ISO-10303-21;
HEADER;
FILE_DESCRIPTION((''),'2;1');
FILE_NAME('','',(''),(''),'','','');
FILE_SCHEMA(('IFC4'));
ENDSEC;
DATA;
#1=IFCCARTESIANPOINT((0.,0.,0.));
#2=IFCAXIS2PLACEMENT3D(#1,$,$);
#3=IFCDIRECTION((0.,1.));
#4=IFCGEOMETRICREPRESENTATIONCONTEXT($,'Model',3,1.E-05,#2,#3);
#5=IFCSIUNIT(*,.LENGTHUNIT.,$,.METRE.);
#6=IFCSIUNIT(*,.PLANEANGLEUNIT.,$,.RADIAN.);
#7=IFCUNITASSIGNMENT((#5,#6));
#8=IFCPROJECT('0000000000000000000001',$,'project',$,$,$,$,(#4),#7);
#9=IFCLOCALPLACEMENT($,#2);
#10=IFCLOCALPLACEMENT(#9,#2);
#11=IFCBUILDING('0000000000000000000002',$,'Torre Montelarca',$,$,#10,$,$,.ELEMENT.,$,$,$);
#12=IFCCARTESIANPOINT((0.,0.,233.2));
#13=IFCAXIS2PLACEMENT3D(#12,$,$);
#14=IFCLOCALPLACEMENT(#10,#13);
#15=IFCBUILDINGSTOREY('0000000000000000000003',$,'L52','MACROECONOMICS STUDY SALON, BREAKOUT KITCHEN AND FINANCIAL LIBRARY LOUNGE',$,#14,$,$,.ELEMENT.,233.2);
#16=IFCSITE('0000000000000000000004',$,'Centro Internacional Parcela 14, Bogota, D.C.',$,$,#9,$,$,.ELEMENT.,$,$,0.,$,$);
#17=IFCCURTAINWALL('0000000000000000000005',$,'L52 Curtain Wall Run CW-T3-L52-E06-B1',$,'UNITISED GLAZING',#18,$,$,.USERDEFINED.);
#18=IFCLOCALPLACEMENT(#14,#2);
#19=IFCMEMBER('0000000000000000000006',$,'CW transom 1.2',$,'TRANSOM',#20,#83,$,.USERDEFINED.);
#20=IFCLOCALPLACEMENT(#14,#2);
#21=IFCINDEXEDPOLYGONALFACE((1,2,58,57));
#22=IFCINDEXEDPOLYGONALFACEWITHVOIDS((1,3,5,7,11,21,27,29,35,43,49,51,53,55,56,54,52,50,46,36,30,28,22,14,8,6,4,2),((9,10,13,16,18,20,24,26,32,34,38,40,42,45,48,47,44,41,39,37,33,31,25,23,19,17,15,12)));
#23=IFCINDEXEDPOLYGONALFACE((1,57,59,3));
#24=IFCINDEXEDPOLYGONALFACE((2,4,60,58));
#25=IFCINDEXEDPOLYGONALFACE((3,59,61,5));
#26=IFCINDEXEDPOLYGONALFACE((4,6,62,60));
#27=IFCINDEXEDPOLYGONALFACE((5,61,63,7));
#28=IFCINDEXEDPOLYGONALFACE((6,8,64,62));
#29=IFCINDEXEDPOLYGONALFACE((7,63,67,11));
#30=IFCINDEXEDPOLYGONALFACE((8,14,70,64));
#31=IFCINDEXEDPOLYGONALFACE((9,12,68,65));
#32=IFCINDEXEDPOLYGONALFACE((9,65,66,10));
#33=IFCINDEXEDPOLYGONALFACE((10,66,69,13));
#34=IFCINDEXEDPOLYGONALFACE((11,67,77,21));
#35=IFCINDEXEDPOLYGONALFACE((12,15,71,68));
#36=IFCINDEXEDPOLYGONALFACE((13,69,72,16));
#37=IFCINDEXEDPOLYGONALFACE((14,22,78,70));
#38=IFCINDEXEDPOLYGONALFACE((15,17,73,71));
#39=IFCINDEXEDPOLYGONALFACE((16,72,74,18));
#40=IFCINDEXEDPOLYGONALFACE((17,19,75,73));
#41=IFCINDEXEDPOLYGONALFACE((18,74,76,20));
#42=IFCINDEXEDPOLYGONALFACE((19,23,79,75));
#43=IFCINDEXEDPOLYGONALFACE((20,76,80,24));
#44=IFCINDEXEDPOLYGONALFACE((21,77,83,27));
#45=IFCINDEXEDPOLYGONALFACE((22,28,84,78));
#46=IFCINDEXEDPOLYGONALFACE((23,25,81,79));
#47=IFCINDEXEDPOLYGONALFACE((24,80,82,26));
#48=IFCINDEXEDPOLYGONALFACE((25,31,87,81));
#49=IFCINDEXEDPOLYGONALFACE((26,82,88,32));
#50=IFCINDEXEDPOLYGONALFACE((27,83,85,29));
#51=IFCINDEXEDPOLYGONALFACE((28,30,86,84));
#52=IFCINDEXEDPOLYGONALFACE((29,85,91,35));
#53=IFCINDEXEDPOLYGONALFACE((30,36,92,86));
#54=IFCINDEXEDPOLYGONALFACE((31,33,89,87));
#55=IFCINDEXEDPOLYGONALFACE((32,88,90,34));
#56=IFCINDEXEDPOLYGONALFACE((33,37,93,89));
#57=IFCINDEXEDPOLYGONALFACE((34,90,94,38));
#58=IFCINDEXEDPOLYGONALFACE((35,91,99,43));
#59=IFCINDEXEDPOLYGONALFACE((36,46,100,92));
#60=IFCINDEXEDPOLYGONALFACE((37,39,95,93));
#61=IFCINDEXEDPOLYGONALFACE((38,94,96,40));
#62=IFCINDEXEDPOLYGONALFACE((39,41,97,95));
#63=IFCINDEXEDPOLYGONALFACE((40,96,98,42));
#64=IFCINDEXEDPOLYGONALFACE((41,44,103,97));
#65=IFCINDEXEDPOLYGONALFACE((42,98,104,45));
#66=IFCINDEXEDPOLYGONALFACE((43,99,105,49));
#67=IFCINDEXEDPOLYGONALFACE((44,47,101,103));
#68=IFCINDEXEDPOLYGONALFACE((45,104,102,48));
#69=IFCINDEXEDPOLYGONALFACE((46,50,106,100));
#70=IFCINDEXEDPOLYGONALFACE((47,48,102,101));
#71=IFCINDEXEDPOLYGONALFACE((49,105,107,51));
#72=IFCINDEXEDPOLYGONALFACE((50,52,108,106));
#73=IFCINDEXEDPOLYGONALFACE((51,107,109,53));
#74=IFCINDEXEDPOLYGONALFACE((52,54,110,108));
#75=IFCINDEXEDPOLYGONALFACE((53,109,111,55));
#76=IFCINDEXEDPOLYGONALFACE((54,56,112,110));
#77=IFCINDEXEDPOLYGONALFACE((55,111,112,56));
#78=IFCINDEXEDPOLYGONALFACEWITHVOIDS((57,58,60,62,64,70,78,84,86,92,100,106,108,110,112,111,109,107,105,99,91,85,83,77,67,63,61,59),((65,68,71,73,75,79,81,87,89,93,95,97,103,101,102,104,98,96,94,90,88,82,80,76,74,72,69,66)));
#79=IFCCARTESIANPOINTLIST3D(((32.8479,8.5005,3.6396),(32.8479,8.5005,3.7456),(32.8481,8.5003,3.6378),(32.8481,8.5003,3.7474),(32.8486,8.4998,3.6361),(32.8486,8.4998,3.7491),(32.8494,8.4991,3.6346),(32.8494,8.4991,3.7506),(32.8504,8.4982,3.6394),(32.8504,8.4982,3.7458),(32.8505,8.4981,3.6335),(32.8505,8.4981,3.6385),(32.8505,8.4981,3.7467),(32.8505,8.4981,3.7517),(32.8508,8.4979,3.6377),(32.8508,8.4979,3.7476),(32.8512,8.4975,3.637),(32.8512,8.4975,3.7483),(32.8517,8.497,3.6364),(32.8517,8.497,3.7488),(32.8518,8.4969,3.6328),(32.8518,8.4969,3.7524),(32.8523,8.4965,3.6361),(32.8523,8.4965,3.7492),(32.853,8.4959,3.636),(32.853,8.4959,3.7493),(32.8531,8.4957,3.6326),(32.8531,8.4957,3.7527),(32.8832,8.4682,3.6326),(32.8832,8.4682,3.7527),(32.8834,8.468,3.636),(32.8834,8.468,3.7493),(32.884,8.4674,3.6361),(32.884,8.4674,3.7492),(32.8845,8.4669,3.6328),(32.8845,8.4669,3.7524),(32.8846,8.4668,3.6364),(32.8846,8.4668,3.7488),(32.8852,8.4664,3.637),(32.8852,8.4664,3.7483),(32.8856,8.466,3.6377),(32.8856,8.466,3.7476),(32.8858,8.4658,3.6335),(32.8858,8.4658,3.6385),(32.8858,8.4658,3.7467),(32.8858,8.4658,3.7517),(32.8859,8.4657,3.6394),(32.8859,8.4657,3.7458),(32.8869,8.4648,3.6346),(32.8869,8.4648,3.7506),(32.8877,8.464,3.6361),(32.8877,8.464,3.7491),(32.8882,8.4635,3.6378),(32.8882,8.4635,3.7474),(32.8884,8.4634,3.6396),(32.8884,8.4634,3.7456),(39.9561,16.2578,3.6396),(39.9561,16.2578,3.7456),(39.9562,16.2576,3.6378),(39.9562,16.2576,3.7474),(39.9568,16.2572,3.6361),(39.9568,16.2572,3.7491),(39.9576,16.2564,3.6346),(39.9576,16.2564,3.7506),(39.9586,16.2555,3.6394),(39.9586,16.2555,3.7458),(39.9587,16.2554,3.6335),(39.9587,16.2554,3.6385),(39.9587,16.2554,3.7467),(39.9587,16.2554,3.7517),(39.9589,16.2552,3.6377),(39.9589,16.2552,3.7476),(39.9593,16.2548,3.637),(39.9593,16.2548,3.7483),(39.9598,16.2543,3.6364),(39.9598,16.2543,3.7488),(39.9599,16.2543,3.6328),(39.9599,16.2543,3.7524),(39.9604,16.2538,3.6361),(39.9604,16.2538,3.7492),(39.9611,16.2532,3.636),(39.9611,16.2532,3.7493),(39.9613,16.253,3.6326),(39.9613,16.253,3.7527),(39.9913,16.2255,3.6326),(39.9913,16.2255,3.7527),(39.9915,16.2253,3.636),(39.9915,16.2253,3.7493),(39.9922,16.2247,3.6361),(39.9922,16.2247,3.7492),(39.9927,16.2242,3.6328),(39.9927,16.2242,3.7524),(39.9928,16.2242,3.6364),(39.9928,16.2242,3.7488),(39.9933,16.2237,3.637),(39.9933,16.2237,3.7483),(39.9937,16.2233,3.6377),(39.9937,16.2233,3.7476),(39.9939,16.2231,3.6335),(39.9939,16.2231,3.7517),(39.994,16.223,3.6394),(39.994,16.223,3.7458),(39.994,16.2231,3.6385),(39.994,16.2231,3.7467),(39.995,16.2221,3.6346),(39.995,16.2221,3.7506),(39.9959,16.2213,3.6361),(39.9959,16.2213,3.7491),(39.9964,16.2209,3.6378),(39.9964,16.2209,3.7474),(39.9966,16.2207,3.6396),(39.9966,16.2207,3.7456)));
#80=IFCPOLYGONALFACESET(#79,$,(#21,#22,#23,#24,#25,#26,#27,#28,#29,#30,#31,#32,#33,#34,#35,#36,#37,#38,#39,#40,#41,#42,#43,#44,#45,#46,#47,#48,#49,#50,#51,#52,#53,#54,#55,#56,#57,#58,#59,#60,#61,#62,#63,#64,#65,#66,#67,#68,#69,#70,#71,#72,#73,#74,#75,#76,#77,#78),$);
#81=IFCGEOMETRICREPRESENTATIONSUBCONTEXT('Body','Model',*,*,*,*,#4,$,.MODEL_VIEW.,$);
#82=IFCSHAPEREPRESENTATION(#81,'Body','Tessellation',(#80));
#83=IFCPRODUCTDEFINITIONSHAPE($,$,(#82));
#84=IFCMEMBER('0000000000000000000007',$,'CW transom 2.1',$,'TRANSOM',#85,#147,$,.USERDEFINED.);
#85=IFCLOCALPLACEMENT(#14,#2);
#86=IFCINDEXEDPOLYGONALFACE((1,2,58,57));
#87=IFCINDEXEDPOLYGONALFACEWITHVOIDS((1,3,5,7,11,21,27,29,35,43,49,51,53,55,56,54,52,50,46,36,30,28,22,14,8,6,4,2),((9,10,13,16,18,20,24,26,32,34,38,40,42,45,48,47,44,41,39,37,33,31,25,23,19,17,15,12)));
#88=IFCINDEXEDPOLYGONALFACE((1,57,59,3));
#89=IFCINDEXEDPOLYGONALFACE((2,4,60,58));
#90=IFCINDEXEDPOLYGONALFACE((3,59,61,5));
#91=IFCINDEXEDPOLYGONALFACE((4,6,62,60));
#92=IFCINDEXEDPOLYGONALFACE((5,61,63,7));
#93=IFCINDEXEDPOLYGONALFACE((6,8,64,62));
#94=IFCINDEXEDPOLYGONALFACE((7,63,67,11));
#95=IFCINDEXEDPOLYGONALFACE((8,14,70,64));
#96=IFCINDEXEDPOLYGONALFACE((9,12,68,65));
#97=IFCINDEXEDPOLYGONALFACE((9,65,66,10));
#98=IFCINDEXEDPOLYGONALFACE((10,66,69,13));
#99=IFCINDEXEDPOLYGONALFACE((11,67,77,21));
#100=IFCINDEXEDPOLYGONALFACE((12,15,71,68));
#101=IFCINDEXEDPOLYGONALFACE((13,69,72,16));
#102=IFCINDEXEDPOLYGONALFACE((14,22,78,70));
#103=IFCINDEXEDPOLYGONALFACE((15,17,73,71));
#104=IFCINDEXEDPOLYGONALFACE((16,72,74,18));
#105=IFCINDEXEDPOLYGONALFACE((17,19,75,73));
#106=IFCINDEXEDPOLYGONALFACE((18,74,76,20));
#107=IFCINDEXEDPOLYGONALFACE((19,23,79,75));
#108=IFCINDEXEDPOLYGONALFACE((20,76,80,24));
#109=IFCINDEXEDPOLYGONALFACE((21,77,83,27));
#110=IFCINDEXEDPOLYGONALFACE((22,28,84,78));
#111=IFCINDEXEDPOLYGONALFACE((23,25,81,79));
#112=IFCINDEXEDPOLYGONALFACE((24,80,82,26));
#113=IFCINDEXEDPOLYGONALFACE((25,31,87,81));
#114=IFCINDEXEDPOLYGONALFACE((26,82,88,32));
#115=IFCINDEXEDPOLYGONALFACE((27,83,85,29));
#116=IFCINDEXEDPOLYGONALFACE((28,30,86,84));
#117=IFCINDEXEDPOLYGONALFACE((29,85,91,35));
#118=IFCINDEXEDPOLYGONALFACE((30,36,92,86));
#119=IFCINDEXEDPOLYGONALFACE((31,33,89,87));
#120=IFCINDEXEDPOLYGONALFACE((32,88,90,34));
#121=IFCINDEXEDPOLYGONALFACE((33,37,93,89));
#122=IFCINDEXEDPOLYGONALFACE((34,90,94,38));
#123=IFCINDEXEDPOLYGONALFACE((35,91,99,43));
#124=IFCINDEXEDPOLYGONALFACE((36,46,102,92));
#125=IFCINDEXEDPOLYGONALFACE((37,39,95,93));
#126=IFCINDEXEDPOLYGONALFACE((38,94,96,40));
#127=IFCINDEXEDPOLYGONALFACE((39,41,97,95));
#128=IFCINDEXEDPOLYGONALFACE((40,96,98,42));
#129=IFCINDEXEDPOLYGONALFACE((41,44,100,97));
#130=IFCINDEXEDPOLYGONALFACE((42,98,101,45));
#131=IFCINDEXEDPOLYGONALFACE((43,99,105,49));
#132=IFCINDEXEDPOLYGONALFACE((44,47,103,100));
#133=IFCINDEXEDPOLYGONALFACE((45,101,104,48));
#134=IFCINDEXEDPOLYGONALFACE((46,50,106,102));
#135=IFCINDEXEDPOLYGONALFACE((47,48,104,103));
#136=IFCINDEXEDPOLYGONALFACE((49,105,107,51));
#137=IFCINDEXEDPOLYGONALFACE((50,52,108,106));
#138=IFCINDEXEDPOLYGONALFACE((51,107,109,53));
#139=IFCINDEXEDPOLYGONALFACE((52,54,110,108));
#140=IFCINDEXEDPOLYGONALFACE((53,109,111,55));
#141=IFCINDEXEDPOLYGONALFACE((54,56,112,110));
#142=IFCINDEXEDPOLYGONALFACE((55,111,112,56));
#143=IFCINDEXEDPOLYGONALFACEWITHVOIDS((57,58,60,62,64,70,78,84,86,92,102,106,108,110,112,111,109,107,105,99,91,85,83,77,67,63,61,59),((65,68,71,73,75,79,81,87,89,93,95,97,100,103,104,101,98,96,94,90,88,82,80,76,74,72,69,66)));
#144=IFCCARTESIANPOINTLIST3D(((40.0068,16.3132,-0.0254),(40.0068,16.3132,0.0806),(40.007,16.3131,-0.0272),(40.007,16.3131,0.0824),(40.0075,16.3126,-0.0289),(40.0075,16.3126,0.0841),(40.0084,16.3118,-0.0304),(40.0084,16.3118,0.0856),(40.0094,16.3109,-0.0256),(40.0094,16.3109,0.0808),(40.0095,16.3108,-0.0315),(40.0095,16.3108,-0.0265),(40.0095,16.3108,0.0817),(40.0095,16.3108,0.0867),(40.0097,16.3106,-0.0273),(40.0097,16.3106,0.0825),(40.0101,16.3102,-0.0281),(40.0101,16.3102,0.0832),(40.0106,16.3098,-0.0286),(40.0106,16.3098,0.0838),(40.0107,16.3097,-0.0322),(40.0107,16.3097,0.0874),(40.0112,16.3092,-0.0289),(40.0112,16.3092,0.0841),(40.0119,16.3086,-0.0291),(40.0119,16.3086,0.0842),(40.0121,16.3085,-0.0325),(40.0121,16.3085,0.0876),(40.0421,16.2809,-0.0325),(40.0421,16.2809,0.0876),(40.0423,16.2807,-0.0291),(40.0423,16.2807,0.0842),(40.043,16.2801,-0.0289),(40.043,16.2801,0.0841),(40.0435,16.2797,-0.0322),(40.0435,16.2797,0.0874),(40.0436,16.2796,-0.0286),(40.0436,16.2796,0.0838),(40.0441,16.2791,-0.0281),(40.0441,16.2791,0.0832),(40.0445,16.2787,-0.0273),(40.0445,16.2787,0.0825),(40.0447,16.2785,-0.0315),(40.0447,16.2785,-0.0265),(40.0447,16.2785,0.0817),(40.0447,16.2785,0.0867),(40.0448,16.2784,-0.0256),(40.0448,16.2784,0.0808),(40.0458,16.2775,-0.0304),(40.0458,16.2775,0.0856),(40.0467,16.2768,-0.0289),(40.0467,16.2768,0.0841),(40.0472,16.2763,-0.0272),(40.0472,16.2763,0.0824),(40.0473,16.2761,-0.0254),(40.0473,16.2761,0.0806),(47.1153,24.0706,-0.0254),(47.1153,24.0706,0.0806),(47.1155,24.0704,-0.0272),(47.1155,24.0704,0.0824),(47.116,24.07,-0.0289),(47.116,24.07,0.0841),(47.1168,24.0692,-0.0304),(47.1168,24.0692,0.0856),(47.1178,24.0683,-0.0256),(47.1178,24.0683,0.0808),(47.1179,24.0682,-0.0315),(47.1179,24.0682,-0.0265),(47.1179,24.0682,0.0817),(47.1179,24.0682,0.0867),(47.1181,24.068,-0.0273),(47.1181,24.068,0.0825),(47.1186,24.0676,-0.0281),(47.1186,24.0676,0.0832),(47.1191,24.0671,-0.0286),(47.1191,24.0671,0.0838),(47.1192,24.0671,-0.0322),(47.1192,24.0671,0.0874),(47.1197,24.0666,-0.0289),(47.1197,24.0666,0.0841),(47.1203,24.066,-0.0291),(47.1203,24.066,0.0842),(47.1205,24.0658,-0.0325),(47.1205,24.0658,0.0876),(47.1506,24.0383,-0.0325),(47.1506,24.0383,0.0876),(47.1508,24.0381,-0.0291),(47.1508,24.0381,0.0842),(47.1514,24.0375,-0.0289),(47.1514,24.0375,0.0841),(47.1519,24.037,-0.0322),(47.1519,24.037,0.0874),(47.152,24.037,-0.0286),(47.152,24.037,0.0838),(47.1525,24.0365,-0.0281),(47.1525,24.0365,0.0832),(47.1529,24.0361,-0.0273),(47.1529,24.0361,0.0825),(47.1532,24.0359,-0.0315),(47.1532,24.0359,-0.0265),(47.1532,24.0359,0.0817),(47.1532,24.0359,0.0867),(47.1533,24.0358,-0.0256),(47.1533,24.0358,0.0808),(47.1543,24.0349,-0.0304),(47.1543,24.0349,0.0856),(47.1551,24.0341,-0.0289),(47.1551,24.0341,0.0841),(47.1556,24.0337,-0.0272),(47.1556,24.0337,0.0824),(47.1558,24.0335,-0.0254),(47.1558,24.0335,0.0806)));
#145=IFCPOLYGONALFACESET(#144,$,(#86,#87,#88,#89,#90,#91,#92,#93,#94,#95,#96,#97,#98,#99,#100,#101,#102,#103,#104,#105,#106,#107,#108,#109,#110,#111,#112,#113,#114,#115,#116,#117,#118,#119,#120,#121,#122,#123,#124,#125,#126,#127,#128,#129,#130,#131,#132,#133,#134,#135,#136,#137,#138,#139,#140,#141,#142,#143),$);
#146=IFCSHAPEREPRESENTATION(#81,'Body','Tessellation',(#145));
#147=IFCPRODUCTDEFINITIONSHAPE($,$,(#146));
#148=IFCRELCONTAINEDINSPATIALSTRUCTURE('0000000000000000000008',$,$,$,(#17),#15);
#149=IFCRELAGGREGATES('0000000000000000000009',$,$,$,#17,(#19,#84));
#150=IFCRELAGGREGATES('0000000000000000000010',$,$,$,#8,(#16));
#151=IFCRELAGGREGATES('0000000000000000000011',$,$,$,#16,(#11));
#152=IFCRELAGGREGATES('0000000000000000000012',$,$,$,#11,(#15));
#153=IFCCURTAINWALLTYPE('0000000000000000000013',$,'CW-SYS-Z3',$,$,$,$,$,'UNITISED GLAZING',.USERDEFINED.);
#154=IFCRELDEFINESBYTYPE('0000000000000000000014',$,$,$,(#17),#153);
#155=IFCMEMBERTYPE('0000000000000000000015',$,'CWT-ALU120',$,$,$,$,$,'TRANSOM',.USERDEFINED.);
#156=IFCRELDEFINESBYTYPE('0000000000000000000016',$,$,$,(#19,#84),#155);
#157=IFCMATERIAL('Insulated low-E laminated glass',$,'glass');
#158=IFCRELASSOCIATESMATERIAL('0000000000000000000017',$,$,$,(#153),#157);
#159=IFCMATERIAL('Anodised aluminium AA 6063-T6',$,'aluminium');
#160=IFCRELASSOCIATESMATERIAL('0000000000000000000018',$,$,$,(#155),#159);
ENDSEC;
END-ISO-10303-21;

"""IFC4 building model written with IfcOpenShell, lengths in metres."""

from ifc_helpers import new_model, si_unit, direction, frame, origin, origin_2d, place, context, subcontext, project, spatial, hollow_rectangle, extrude, source, transform, mapped, material, material_profile, profile_set, type_object, element, aggregate, save


model = new_model("IFC4")

# Units and contexts
model_context = context("Model", 3, precision=1e-05, world=origin(), true_north=direction((0.0, 1.0)))
body_context = subcontext(model_context, "Body", "Model", "MODEL_VIEW")
ifc_project = project(units=[si_unit("LENGTHUNIT", "METRE"), si_unit("PLANEANGLEUNIT", "RADIAN")], contexts=[model_context])

# Site, building, storey
site_placement = place(None, origin())
site = spatial("IfcSite", under=ifc_project, at=site_placement, Name="Centro Internacional Parcela 14, Bogota, D.C.", CompositionType="ELEMENT", RefElevation=0.0)
building_placement = place(site_placement, origin())
building = spatial("IfcBuilding", under=site, at=building_placement, Name="Torre Montelarca", CompositionType="ELEMENT")
storey_placement = place(building_placement, frame((0.0, 0.0, 233.2)))
storey = spatial("IfcBuildingStorey", under=building, at=storey_placement, Name="L52", Description="MACROECONOMICS STUDY SALON, BREAKOUT KITCHEN AND FINANCIAL LIBRARY LOUNGE", CompositionType="ELEMENT", Elevation=233.2)

# Shared definitions
ifc_material_1 = material(Name="Insulated low-E laminated glass", Category="glass")
curtain_wall_type = type_object("IfcCurtainWallType", Name="CW-SYS-Z3", ElementType="UNITISED GLAZING", PredefinedType="USERDEFINED", material=ifc_material_1)
ifc_material_2 = material(Name="Anodised aluminium AA 6063-T6", Category="aluminium")
ifc_material_profile_1 = material_profile(ifc_material_2, hollow_rectangle(XDim=0.0549, YDim=0.1201, WallThickness=0.0034, InnerFilletRadius=0.0034, OuterFilletRadius=0.0071, at=origin_2d()), Name="ALU55X120X3.5", Category="aluminium")
ifc_profile_set_1 = profile_set([ifc_material_profile_1], Name="Anodised aluminium AA 6063-T6")
member_type_1 = type_object("IfcMemberType", Name="CWT-ALU120", ElementType="TRANSOM", PredefinedType="USERDEFINED", material=ifc_profile_set_1)

# Curtain wall
curtain_wall_1_placement = place(storey_placement, origin())
curtain_wall_1 = element("IfcCurtainWall", 1, at=curtain_wall_1_placement, inside=storey, type_object=curtain_wall_type, Name="L52 Curtain Wall Run CW-T3-L52-E06-B1", ObjectType="UNITISED GLAZING", PredefinedType="USERDEFINED")

# Members
shared_shape_1 = source(origin(), body_context, "Body", "SweptSolid", [
    extrude(hollow_rectangle(XDim=0.0549, YDim=0.1201, WallThickness=0.0034, InnerFilletRadius=0.0034, OuterFilletRadius=0.0071, at=origin_2d()), origin(), (0.0, 0.0, 1.0), 10.5215),
])
member_1_placement = place(storey_placement, frame((32.8682, 8.4819, 3.6926), z_axis=(0.675584, 0.737283, 0.0), x_axis=(-0.737283, 0.675584, 0.0)))
member_1 = element("IfcMember", 2, at=member_1_placement, type_object=member_type_1, Name="CW transom 1.2", ObjectType="TRANSOM", PredefinedType="USERDEFINED", context=body_context, shape_type="MappedRepresentation", body=[
    mapped(shared_shape_1, transform((0.0, 0.0, 0.0), scale=1.0)),
])
shared_shape_2 = source(origin(), body_context, "Body", "SweptSolid", [
    extrude(hollow_rectangle(XDim=0.0549, YDim=0.1201, WallThickness=0.0034, InnerFilletRadius=0.0034, OuterFilletRadius=0.0071, at=origin_2d()), origin(), (0.0, 0.0, 1.0), 10.5217),
])
member_2_placement = place(storey_placement, frame((40.0271, 16.2947, 0.0276), z_axis=(0.675596, 0.737272, 0.0), x_axis=(-0.737272, 0.675596, 0.0)))
member_2 = element("IfcMember", 3, at=member_2_placement, type_object=member_type_1, Name="CW transom 2.1", ObjectType="TRANSOM", PredefinedType="USERDEFINED", context=body_context, shape_type="MappedRepresentation", body=[
    mapped(shared_shape_2, transform((0.0, 0.0, 0.0), scale=1.0)),
])

aggregate(curtain_wall_1, [member_1, member_2])

save(model, "model.ifc")
